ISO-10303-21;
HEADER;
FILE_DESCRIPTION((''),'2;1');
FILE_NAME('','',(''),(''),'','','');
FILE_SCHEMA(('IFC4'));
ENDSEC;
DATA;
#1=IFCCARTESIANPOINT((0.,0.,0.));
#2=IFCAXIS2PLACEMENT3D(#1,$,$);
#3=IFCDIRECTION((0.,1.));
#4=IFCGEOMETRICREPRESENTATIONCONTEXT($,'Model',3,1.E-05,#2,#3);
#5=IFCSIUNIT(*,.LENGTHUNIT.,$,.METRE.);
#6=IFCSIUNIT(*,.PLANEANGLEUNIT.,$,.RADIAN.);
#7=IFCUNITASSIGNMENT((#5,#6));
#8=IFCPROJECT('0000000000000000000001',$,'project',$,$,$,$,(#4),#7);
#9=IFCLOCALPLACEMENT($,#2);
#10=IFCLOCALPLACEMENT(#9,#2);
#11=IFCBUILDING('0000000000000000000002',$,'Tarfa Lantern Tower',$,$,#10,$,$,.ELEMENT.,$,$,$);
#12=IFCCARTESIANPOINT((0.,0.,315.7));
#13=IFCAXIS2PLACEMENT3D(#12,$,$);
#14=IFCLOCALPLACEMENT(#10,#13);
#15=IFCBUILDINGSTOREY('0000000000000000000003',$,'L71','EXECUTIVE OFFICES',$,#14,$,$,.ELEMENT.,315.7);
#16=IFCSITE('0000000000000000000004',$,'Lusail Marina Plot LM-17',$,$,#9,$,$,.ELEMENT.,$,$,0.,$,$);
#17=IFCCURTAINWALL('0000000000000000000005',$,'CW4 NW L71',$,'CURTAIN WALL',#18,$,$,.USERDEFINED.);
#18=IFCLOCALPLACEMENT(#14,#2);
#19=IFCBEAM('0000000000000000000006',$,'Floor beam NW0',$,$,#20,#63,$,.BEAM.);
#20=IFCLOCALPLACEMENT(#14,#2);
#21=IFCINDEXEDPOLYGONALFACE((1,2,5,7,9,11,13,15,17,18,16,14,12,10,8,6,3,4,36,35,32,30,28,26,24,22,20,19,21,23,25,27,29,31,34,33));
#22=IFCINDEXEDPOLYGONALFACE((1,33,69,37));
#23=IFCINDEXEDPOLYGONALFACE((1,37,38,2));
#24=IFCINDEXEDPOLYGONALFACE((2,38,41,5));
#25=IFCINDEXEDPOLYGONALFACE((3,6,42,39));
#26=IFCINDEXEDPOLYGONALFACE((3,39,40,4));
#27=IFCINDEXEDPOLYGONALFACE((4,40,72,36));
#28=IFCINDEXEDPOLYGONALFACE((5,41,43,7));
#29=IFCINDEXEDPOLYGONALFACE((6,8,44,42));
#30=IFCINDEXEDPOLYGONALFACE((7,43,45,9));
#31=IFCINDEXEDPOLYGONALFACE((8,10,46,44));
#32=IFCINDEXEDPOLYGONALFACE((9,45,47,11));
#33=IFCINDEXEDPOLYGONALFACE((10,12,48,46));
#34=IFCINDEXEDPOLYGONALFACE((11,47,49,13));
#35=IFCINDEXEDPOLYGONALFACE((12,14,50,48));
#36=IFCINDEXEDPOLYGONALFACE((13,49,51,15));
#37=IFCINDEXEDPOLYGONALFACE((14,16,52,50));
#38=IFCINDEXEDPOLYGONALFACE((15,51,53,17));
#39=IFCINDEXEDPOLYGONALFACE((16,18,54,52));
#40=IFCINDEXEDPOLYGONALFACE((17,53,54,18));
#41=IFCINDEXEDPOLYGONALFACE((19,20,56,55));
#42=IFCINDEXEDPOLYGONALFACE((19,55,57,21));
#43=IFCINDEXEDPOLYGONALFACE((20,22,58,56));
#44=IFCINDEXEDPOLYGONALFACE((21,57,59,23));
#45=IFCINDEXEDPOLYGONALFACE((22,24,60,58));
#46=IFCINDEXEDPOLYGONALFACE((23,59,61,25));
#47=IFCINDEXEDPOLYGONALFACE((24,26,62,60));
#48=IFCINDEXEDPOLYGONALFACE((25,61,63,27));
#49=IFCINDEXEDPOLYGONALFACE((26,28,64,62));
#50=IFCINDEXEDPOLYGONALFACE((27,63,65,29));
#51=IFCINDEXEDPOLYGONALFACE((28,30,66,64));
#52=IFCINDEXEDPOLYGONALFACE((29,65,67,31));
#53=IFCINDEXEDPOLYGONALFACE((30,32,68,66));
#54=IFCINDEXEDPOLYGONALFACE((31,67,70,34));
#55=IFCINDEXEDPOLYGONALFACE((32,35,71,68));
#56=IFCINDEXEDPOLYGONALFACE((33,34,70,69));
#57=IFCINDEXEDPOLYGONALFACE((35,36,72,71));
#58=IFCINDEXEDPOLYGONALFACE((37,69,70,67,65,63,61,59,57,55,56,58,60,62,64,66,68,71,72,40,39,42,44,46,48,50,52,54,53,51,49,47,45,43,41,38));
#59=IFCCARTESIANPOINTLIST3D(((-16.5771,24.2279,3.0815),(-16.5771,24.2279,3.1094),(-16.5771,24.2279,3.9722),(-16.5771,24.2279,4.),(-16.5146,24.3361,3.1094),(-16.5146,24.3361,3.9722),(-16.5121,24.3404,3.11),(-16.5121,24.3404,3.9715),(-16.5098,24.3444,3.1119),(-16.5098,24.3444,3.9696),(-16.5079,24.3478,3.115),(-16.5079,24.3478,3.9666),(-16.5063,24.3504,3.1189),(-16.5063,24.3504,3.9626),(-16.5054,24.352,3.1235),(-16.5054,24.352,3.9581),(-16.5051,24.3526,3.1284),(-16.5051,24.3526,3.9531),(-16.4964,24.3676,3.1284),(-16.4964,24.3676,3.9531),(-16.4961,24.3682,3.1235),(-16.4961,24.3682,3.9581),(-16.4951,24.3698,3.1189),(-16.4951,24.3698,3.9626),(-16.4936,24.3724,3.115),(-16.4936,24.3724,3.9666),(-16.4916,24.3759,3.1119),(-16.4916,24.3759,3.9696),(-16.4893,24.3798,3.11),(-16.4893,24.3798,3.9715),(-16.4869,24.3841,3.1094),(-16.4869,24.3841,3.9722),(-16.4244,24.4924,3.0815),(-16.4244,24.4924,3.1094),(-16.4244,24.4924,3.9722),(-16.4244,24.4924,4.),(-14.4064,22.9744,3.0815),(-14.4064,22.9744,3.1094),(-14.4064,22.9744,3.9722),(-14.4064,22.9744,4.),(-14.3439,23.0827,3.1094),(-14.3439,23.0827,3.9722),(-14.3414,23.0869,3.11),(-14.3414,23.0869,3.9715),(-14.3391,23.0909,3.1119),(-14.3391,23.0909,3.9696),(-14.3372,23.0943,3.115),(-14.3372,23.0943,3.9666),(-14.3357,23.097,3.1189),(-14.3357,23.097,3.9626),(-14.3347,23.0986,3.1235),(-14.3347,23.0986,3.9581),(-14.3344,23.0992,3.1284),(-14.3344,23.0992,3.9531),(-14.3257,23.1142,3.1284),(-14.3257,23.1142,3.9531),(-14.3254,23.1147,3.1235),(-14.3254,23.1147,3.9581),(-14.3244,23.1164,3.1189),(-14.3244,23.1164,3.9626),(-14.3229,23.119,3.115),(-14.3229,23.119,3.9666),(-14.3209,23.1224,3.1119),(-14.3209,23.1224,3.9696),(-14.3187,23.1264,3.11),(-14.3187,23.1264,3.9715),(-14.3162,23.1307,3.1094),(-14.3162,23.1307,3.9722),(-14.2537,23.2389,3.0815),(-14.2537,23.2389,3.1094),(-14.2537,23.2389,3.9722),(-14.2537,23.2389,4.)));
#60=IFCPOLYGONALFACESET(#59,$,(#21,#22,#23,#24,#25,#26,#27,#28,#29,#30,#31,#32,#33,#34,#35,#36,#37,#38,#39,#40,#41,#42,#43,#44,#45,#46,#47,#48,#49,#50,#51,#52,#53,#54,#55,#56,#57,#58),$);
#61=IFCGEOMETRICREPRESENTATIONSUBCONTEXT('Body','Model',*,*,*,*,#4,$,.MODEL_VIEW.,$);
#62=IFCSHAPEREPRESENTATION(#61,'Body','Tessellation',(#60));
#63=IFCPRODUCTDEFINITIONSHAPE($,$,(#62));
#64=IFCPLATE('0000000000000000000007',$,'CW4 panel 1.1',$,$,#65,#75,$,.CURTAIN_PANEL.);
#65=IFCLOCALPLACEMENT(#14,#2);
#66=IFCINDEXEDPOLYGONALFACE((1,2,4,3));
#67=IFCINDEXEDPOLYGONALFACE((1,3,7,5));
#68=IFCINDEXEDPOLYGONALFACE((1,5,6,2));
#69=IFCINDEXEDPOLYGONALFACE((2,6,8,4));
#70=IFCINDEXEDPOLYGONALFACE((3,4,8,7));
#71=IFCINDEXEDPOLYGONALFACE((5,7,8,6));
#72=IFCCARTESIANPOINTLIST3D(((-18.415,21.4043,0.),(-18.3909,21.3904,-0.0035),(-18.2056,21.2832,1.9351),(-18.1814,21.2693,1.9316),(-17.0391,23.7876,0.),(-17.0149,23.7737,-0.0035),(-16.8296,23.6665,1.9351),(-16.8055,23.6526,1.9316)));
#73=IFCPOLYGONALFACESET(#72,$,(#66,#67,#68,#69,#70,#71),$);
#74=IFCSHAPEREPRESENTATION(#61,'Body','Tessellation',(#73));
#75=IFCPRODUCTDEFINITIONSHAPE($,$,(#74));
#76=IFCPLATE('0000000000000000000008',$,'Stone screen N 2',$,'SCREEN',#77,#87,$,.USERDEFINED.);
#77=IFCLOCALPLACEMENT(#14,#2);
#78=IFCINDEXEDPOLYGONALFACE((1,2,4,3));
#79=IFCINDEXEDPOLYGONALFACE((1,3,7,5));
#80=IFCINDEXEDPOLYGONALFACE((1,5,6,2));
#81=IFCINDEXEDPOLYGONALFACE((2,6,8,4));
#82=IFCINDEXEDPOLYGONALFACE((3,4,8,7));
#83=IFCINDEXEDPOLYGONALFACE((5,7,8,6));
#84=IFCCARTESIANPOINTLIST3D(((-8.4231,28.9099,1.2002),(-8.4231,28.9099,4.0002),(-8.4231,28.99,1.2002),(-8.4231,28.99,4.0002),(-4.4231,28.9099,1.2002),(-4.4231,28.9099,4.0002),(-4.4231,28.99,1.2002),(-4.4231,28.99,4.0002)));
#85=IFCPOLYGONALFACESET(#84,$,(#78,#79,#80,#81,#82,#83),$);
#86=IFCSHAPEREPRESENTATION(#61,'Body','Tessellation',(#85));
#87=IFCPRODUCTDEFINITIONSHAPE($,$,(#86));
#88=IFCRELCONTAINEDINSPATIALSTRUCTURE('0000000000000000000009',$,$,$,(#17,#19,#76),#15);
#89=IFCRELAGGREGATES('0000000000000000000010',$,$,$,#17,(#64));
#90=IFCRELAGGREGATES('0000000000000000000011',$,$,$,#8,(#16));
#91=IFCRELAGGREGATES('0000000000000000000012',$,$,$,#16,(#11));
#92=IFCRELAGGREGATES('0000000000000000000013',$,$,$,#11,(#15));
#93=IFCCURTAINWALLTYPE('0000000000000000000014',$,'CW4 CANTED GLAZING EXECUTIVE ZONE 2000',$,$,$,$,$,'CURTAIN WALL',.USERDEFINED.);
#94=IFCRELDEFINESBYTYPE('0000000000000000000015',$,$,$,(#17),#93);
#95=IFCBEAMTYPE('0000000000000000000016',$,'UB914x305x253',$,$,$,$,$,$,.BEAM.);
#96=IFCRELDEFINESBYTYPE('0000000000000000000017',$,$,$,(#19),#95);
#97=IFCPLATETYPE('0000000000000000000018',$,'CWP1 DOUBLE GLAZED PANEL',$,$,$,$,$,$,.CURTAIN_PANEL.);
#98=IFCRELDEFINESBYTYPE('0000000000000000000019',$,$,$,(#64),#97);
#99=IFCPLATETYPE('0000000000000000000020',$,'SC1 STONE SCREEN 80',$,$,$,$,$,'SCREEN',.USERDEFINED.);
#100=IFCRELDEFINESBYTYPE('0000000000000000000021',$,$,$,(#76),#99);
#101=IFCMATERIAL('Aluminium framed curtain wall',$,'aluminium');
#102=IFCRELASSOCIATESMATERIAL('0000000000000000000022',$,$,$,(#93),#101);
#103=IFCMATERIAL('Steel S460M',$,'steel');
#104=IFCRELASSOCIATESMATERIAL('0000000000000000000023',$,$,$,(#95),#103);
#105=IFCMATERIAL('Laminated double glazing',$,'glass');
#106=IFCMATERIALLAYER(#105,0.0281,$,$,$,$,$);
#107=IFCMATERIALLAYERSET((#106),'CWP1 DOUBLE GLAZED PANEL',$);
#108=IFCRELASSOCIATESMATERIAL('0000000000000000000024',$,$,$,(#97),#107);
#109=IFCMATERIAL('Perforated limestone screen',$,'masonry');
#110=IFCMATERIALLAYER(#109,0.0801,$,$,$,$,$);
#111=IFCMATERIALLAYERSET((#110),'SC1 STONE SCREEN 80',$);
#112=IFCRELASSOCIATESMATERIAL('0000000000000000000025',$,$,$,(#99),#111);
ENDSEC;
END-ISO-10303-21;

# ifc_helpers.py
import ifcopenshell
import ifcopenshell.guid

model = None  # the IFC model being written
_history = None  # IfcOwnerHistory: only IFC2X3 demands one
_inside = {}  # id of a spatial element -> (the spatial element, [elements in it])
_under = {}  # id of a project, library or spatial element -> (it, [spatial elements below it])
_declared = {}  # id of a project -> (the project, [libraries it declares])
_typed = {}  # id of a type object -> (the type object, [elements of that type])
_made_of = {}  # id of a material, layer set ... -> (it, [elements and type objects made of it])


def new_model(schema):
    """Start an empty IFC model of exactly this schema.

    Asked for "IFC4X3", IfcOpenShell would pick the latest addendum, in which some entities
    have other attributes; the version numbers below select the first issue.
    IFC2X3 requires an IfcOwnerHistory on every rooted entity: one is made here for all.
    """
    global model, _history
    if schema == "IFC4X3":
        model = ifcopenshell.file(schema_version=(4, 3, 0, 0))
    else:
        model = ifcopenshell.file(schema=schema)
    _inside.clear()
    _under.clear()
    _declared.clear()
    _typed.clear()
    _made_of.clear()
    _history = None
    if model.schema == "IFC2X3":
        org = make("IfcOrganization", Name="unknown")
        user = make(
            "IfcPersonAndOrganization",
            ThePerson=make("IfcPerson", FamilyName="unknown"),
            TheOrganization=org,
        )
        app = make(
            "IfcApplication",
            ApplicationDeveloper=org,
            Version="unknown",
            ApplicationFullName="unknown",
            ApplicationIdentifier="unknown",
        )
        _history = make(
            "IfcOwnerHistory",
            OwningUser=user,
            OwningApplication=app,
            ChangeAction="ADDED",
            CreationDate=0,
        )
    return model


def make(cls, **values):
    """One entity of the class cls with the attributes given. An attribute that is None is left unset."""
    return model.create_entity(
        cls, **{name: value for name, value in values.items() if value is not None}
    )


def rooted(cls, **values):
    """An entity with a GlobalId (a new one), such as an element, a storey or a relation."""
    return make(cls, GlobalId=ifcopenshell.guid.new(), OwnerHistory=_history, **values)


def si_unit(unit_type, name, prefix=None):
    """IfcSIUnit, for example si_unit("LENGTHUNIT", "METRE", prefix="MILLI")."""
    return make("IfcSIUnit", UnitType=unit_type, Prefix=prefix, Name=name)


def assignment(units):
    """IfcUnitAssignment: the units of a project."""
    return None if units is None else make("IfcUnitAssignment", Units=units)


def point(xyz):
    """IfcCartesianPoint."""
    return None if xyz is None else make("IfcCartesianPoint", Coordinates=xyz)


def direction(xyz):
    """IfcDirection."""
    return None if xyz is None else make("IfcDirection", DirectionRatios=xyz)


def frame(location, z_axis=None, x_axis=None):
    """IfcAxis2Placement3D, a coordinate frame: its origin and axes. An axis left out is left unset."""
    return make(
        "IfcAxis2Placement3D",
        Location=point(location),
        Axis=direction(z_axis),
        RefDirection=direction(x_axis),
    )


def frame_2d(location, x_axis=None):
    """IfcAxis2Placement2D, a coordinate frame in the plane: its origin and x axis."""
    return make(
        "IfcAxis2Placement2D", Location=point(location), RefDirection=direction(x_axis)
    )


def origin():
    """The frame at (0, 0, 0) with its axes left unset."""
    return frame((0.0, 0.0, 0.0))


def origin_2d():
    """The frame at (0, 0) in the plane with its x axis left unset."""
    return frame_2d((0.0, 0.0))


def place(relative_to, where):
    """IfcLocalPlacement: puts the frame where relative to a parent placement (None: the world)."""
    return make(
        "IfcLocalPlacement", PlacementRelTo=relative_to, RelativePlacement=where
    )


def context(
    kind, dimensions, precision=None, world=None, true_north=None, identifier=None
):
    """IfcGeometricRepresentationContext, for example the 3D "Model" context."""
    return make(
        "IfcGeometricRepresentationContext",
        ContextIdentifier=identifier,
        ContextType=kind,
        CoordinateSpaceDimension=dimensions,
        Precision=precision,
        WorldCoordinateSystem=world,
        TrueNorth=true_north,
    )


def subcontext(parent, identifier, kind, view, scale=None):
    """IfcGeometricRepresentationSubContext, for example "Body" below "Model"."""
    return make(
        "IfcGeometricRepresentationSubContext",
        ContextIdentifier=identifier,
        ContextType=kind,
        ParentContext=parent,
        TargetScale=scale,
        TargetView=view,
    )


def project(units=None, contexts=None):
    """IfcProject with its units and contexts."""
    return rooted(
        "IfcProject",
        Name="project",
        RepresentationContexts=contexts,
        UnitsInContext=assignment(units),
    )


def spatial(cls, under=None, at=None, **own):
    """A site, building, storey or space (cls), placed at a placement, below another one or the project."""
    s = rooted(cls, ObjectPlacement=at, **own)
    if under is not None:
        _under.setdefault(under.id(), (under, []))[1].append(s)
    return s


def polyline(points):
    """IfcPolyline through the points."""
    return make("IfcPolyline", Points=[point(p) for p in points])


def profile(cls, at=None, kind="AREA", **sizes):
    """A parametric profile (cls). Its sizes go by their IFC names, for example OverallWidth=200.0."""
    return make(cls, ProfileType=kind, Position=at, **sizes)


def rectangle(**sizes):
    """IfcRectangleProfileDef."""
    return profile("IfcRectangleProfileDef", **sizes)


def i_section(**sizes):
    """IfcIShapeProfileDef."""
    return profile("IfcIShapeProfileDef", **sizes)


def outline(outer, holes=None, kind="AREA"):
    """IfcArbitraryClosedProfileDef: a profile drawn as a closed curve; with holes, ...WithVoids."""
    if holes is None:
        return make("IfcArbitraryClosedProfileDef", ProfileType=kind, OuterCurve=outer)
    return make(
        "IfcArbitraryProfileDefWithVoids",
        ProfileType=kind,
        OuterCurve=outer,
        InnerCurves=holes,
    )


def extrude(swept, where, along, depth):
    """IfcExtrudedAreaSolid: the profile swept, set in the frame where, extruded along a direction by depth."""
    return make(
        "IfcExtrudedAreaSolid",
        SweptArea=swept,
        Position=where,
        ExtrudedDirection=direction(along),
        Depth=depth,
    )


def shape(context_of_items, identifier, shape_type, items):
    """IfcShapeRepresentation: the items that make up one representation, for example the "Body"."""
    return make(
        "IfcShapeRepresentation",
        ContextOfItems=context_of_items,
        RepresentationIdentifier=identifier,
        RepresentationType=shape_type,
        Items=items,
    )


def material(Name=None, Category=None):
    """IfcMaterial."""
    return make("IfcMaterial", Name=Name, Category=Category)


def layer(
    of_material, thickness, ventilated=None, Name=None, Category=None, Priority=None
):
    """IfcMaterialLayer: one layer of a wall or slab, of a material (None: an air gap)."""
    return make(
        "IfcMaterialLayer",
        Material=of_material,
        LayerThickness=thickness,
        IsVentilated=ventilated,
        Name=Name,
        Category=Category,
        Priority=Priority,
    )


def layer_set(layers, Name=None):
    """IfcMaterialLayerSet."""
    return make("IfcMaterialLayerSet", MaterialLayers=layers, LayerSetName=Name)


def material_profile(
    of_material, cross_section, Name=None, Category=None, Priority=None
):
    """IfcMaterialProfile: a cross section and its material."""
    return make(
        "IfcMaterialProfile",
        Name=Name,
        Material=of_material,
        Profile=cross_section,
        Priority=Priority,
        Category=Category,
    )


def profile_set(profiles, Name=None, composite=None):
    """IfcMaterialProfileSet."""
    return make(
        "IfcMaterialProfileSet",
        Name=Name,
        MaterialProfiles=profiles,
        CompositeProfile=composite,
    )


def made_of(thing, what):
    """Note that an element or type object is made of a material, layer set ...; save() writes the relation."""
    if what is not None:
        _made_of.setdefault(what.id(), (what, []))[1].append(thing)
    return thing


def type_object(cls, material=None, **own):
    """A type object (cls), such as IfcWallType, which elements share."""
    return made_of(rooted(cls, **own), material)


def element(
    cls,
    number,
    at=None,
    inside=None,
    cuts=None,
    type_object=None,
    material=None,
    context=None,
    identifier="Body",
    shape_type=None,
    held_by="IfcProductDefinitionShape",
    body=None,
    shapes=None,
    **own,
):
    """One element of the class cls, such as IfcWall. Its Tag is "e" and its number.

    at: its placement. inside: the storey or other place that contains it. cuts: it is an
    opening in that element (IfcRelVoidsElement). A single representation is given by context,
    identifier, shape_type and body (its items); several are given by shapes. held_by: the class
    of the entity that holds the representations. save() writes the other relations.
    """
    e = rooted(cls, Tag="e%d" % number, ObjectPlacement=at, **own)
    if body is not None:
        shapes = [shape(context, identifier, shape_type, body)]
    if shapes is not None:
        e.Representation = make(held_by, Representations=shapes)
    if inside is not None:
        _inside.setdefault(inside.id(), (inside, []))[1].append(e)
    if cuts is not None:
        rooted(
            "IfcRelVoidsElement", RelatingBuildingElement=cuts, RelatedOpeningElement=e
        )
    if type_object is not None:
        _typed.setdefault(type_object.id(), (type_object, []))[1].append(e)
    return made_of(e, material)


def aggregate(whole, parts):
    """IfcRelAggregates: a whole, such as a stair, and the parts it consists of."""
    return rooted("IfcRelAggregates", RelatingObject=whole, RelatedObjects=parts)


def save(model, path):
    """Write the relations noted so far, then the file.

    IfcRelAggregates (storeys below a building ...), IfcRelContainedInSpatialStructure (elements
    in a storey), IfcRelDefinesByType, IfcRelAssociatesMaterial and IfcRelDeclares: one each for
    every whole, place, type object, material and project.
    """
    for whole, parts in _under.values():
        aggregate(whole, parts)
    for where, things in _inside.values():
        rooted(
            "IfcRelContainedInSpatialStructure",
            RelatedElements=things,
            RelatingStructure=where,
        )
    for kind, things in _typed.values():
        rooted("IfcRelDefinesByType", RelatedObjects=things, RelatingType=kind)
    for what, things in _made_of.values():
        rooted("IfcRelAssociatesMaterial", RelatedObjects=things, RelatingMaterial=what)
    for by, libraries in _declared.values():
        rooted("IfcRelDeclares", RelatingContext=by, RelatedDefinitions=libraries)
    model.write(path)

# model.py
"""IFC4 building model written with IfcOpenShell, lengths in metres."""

from ifc_helpers import new_model, si_unit, direction, frame, origin, origin_2d, place, context, subcontext, project, spatial, polyline, rectangle, i_section, outline, extrude, material, layer, layer_set, material_profile, profile_set, type_object, element, aggregate, save


model = new_model("IFC4")

# Units and contexts
model_context = context("Model", 3, precision=1e-05, world=origin(), true_north=direction((0.0, 1.0)))
body_context = subcontext(model_context, "Body", "Model", "MODEL_VIEW")
ifc_project = project(units=[si_unit("LENGTHUNIT", "METRE"), si_unit("PLANEANGLEUNIT", "RADIAN")], contexts=[model_context])

# Site, building, storey
site_placement = place(None, origin())
site = spatial("IfcSite", under=ifc_project, at=site_placement, Name="Lusail Marina Plot LM-17", CompositionType="ELEMENT", RefElevation=0.0)
building_placement = place(site_placement, origin())
building = spatial("IfcBuilding", under=site, at=building_placement, Name="Tarfa Lantern Tower", CompositionType="ELEMENT")
storey_placement = place(building_placement, frame((0.0, 0.0, 315.7)))
storey = spatial("IfcBuildingStorey", under=building, at=storey_placement, Name="L71", Description="EXECUTIVE OFFICES", CompositionType="ELEMENT", Elevation=315.7)

# Curtain wall
ifc_material_1 = material(Name="Aluminium framed curtain wall", Category="aluminium")
curtain_wall_type = type_object("IfcCurtainWallType", Name="CW4 CANTED GLAZING EXECUTIVE ZONE 2000", ElementType="CURTAIN WALL", PredefinedType="USERDEFINED", material=ifc_material_1)
curtain_wall_placement = place(storey_placement, origin())
curtain_wall = element("IfcCurtainWall", 1, at=curtain_wall_placement, inside=storey, type_object=curtain_wall_type, Name="CW4 NW L71", ObjectType="CURTAIN WALL", PredefinedType="USERDEFINED")

# Beam
ifc_material_2 = material(Name="Steel S460M", Category="steel")
ifc_material_profile_1 = material_profile(ifc_material_2, i_section(OverallWidth=0.3054, OverallDepth=0.9185, WebThickness=0.0173, FlangeThickness=0.0278, FilletRadius=0.019, at=origin_2d()), Name="UB914x305x253")
ifc_profile_set_1 = profile_set([ifc_material_profile_1], Name="Steel S460M")
beam_type_1 = type_object("IfcBeamType", Name="UB914x305x253", PredefinedType="BEAM", material=ifc_profile_set_1)
beam_1_placement = place(storey_placement, frame((-16.5007, 24.3601, 3.5408), z_axis=(0.865993, -0.500057, 0.0), x_axis=(0.500057, 0.865993, 0.0)))
element("IfcBeam", 2, at=beam_1_placement, inside=storey, type_object=beam_type_1, Name="Floor beam NW0", PredefinedType="BEAM", context=body_context, shape_type="SweptSolid", body=[
    extrude(i_section(OverallWidth=0.3054, OverallDepth=0.9185, WebThickness=0.0173, FlangeThickness=0.0278, FilletRadius=0.019, at=origin_2d()), origin(), (0.0, 0.0, 1.0), 2.5066),
])

# Plates
ifc_material_3 = material(Name="Laminated double glazing", Category="glass")
ifc_layer_1 = layer(ifc_material_3, 0.0281)
ifc_layer_set_1 = layer_set([ifc_layer_1], Name="CWP1 DOUBLE GLAZED PANEL")
plate_type_1 = type_object("IfcPlateType", Name="CWP1 DOUBLE GLAZED PANEL", PredefinedType="CURTAIN_PANEL", material=ifc_layer_set_1)
plate_1_placement = place(storey_placement, frame((-17.0391, 23.7876, 0.0), z_axis=(-0.859337, 0.49613, 0.124072), x_axis=(-0.499994, -0.866029, 0.0)))
plate_1 = element("IfcPlate", 3, at=plate_1_placement, type_object=plate_type_1, Name="CW4 panel 1.1", PredefinedType="CURTAIN_PANEL", context=body_context, shape_type="SweptSolid", body=[
    extrude(outline(polyline([(0.0, 0.0), (2.752, 0.0), (2.7521, 1.9501), (0.0001, 1.9501), (0.0, 0.0)])), origin(), (0.0, 0.0, -1.0), 0.0281),
])
aggregate(curtain_wall, [plate_1])
ifc_material_4 = material(Name="Perforated limestone screen", Category="masonry")
ifc_layer_2 = layer(ifc_material_4, 0.0801)
ifc_layer_set_2 = layer_set([ifc_layer_2], Name="SC1 STONE SCREEN 80")
plate_type_2 = type_object("IfcPlateType", Name="SC1 STONE SCREEN 80", ElementType="SCREEN", PredefinedType="USERDEFINED", material=ifc_layer_set_2)
plate_2_placement = place(storey_placement, frame((-6.4231, 28.95, 1.2002), z_axis=(0.0, 0.0, 1.0), x_axis=(-1.0, 0.0, 0.0)))
element("IfcPlate", 4, at=plate_2_placement, inside=storey, type_object=plate_type_2, Name="Stone screen N 2", ObjectType="SCREEN", PredefinedType="USERDEFINED", context=body_context, shape_type="SweptSolid", body=[
    extrude(rectangle(XDim=4.0, YDim=0.0801, at=origin_2d()), origin(), (0.0, 0.0, 1.0), 2.8),
])

save(model, "model.ifc")
